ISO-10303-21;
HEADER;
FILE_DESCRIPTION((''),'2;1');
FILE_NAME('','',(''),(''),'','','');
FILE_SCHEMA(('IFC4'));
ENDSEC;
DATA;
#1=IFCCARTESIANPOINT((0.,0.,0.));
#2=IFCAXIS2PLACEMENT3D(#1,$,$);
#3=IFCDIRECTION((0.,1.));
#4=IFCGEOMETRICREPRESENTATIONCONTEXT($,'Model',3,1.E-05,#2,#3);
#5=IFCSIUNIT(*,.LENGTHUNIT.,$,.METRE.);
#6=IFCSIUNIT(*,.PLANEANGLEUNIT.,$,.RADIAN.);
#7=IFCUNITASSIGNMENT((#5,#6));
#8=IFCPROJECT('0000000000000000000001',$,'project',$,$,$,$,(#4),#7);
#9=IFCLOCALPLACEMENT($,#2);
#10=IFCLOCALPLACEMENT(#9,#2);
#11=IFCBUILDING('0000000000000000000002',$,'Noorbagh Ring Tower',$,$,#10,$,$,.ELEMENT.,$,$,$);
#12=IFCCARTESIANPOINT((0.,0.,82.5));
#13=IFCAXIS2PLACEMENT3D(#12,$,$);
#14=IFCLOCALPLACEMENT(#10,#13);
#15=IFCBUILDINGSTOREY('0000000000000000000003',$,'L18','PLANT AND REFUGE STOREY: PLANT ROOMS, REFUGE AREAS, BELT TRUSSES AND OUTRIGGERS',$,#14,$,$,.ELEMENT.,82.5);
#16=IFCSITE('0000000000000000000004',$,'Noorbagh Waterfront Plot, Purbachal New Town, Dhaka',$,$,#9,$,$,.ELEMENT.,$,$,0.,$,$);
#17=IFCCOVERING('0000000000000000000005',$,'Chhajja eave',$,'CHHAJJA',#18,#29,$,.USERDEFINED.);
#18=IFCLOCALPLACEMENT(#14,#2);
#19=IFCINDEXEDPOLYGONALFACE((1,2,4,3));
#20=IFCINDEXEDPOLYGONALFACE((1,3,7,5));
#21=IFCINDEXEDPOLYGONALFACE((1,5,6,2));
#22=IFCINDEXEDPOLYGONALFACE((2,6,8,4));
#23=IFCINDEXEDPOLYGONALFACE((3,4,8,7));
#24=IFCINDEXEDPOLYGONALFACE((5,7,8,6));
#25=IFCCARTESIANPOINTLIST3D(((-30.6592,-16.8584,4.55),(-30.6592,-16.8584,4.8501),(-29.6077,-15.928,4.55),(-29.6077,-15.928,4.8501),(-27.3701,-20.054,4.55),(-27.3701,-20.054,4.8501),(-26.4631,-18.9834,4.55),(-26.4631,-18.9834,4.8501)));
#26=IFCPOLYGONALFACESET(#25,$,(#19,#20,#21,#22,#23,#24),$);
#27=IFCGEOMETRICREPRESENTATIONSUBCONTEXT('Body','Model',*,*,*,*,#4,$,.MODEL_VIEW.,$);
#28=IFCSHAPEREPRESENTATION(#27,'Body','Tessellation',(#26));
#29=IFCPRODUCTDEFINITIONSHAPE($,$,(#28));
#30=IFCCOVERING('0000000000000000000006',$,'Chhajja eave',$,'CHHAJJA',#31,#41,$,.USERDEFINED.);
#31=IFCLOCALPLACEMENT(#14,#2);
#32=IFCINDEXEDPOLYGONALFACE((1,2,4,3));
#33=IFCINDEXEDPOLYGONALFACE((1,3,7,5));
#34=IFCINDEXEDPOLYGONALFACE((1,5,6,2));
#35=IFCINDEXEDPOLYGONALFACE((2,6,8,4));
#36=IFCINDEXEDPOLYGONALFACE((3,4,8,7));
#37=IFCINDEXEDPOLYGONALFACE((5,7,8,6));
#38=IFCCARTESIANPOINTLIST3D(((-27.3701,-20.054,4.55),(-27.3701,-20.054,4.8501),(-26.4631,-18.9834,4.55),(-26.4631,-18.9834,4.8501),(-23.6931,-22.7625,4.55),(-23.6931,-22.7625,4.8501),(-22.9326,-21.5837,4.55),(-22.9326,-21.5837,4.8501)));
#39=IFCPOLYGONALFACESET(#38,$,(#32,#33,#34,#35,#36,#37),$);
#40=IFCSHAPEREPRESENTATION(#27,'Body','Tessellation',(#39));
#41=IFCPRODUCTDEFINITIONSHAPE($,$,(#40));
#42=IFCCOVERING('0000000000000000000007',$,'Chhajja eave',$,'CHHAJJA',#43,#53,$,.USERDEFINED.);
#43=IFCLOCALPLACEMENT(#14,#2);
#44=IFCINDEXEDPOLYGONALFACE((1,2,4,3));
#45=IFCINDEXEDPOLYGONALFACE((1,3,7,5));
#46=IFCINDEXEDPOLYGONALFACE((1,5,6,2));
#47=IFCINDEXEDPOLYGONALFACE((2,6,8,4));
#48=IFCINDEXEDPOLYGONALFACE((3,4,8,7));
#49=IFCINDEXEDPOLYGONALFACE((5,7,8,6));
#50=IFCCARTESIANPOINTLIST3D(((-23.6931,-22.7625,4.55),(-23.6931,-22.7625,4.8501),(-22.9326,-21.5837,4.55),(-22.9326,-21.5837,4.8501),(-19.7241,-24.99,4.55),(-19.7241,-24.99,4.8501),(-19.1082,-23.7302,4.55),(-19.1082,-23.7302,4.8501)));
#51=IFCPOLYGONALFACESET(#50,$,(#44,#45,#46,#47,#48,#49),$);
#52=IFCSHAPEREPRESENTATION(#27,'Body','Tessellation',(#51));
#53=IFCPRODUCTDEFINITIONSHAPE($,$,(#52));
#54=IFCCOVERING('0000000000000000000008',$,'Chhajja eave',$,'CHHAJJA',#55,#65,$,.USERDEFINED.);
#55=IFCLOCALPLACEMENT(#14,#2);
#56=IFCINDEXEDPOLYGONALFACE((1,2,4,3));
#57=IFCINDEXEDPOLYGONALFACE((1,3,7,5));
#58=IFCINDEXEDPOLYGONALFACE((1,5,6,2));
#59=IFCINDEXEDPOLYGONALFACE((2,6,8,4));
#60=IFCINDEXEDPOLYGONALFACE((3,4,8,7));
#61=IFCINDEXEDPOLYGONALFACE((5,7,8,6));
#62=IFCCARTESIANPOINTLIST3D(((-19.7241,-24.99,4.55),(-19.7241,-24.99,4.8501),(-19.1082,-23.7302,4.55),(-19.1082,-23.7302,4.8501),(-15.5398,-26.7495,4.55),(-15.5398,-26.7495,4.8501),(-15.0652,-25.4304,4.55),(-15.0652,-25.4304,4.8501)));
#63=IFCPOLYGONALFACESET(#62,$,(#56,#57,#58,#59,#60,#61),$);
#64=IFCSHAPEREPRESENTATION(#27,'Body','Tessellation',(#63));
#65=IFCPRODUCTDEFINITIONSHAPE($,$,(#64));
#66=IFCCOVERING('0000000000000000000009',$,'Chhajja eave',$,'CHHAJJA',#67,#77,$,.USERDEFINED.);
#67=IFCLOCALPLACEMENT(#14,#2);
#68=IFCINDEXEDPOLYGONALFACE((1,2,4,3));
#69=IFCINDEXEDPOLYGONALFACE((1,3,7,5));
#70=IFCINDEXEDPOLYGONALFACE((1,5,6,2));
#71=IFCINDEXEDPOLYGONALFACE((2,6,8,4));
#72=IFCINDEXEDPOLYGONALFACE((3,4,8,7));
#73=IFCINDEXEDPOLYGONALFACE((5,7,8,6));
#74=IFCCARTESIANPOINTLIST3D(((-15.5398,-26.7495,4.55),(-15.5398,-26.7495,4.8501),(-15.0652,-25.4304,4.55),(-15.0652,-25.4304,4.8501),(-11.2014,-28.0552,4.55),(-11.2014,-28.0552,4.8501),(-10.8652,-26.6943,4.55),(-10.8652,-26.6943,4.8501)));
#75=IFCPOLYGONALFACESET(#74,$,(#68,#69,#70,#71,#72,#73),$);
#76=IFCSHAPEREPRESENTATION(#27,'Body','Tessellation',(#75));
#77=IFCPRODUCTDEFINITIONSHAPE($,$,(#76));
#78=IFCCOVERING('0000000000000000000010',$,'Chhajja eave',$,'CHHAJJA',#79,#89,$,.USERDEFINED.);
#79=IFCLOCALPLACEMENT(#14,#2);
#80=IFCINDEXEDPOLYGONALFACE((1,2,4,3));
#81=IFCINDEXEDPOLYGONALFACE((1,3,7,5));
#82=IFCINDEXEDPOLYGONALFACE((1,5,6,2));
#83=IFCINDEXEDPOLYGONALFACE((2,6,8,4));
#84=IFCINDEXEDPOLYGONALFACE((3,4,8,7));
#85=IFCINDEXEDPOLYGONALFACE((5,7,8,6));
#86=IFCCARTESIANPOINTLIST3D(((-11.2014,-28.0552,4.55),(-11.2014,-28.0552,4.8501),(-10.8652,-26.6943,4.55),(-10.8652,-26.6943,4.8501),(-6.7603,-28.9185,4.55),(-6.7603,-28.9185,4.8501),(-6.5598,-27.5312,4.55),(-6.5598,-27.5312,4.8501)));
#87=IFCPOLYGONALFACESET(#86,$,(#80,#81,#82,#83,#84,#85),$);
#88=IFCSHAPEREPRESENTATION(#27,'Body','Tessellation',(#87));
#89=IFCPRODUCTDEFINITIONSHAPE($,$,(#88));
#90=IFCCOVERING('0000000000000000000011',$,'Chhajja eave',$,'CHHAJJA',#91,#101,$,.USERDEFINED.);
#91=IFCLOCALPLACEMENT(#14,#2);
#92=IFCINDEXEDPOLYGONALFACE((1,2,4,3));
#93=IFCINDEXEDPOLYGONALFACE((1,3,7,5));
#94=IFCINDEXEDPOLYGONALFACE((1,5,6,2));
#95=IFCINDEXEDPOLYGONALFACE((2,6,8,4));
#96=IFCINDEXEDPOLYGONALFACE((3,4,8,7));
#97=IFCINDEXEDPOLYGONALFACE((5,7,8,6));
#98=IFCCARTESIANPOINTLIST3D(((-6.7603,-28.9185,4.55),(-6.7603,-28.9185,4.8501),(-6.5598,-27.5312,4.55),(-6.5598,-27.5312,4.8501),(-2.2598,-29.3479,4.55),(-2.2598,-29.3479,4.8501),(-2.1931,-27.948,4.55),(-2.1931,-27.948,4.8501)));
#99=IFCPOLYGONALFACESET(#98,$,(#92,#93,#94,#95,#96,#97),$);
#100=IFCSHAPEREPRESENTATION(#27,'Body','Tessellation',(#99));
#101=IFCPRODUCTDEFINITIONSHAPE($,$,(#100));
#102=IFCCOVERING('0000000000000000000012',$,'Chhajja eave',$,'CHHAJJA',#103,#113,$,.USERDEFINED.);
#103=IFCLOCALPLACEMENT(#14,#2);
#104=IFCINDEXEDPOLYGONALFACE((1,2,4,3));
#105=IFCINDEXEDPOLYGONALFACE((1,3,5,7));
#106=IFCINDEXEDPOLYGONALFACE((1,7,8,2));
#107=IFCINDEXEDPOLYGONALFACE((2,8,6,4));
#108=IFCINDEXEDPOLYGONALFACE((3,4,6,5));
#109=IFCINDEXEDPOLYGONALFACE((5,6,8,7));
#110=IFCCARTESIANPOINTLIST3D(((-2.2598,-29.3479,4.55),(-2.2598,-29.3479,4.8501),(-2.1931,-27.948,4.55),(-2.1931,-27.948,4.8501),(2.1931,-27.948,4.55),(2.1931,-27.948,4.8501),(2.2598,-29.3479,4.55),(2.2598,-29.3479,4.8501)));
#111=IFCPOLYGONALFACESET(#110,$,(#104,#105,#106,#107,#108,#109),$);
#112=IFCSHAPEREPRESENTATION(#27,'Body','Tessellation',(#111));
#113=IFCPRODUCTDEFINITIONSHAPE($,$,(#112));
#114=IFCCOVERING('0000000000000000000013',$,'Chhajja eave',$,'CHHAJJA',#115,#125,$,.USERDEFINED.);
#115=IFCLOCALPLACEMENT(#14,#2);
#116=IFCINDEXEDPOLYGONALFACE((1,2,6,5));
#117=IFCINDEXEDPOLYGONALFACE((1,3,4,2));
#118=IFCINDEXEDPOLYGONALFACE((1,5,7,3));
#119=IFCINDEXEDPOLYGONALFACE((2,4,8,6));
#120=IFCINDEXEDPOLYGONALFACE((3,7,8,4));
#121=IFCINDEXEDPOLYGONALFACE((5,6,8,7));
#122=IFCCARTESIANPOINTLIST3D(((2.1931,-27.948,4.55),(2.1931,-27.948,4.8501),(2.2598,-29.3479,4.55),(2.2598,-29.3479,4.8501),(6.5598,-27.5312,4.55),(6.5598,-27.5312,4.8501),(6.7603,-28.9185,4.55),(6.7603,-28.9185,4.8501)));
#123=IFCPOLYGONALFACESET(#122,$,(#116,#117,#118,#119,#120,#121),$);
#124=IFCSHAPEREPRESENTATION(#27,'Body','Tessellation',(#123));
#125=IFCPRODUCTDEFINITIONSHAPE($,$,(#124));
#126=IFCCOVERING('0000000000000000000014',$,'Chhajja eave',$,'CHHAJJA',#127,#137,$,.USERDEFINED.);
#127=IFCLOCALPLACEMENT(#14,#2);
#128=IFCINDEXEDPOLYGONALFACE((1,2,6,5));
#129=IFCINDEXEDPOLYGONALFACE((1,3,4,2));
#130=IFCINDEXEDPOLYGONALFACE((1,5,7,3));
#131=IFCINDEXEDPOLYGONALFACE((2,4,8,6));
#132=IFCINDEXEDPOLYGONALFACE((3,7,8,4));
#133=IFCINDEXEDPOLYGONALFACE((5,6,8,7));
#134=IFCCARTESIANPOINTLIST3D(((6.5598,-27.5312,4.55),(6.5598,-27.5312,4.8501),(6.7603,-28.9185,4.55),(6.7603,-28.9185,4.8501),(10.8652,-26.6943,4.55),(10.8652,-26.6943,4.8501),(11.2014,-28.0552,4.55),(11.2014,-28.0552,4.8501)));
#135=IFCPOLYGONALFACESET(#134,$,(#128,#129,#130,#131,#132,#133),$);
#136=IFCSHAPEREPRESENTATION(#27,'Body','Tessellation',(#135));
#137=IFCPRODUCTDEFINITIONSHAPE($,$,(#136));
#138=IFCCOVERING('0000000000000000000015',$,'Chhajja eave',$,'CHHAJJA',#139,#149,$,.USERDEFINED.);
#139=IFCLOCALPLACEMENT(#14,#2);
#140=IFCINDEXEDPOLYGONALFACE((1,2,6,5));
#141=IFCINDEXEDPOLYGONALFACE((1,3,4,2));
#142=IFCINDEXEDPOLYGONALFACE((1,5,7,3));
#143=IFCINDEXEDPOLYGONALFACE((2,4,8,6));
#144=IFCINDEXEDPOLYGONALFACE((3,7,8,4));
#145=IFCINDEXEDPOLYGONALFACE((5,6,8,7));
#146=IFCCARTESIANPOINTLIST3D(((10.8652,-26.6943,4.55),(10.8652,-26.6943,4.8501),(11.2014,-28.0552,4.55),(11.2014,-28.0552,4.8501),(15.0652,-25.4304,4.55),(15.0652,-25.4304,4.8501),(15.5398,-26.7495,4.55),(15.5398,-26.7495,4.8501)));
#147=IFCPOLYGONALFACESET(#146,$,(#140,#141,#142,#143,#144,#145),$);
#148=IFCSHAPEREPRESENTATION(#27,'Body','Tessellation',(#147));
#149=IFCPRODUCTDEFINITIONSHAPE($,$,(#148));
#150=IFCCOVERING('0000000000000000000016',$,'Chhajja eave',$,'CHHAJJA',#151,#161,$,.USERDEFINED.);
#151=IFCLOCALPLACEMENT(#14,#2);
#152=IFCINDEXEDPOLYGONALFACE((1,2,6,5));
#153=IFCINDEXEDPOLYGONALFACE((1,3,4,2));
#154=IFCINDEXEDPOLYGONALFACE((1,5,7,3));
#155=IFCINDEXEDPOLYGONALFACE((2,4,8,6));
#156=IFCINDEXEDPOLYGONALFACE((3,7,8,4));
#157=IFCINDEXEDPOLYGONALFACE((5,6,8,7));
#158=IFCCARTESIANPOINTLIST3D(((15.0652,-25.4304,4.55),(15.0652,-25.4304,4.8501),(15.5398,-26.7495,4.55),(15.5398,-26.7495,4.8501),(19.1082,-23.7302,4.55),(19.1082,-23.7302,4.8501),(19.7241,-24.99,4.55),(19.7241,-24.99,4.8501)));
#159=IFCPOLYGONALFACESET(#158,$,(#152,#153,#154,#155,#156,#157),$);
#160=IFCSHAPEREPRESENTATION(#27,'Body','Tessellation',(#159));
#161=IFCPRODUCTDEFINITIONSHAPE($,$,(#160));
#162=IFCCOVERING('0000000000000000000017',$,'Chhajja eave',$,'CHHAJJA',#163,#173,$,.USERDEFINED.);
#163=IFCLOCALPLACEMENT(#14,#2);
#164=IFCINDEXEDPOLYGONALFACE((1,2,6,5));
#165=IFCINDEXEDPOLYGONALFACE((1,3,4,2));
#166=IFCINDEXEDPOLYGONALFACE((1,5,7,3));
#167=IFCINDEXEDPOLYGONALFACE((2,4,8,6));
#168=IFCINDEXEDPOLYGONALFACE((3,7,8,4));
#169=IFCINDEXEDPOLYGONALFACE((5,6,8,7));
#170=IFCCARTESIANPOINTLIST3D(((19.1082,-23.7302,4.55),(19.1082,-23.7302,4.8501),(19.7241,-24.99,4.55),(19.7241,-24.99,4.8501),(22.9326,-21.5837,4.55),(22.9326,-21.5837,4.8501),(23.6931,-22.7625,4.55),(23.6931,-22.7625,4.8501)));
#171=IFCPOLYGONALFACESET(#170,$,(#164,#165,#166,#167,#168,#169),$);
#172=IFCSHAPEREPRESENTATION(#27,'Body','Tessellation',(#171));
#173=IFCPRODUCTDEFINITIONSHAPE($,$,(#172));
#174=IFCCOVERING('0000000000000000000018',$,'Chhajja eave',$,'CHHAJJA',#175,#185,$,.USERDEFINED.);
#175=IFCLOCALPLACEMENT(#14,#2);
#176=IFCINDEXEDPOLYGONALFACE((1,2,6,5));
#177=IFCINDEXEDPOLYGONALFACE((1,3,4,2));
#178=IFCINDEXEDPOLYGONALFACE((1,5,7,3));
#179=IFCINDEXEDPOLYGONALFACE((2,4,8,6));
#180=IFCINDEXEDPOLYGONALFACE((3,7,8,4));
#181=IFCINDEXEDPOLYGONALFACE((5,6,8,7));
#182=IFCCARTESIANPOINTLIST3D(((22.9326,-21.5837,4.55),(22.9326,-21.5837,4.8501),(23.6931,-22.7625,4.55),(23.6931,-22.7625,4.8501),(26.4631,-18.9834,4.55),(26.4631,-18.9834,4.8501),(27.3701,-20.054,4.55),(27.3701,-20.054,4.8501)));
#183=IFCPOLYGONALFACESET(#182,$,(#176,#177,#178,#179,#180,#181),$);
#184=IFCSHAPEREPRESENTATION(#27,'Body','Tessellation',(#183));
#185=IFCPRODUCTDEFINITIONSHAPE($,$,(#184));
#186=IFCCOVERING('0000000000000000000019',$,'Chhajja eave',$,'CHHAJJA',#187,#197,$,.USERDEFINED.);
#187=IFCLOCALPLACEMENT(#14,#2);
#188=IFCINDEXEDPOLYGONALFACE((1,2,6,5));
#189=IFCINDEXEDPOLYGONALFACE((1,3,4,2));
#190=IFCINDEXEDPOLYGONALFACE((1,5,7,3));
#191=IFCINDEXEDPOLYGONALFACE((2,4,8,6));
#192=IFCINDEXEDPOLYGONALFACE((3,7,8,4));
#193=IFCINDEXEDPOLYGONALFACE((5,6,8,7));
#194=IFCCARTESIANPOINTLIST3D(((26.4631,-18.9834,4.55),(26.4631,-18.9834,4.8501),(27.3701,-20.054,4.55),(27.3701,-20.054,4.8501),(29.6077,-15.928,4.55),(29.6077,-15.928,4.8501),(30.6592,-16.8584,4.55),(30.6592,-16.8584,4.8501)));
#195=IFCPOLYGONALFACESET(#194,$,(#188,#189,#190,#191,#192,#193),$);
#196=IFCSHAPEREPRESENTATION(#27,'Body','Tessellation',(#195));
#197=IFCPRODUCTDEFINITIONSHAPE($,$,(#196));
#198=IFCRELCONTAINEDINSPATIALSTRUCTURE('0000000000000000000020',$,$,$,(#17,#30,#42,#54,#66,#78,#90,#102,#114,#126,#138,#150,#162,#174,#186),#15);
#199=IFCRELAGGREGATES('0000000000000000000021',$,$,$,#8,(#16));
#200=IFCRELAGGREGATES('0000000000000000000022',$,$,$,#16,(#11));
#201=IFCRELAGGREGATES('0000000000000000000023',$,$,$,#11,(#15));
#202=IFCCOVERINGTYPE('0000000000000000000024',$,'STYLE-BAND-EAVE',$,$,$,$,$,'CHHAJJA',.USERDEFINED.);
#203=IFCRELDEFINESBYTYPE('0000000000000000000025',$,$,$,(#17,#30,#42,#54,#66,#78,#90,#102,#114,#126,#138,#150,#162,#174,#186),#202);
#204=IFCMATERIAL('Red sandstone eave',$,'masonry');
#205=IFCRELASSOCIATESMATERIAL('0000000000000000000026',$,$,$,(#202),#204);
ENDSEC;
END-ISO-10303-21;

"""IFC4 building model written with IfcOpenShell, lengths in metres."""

from ifc_helpers import new_model, si_unit, direction, frame, origin, place, context, subcontext, project, spatial, polyline, outline, extrude, material, type_object, element, save


model = new_model("IFC4")

# Units and contexts
model_context = context("Model", 3, precision=1e-05, world=origin(), true_north=direction((0.0, 1.0)))
body_context = subcontext(model_context, "Body", "Model", "MODEL_VIEW")
ifc_project = project(units=[si_unit("LENGTHUNIT", "METRE"), si_unit("PLANEANGLEUNIT", "RADIAN")], contexts=[model_context])

# Site, building, storey
site_placement = place(None, origin())
site = spatial("IfcSite", under=ifc_project, at=site_placement, Name="Noorbagh Waterfront Plot, Purbachal New Town, Dhaka", CompositionType="ELEMENT", RefElevation=0.0)
building_placement = place(site_placement, origin())
building = spatial("IfcBuilding", under=site, at=building_placement, Name="Noorbagh Ring Tower", CompositionType="ELEMENT")
storey_placement = place(building_placement, frame((0.0, 0.0, 82.5)))
storey = spatial("IfcBuildingStorey", under=building, at=storey_placement, Name="L18", Description="PLANT AND REFUGE STOREY: PLANT ROOMS, REFUGE AREAS, BELT TRUSSES AND OUTRIGGERS", CompositionType="ELEMENT", Elevation=82.5)

# Coverings
ifc_material_1 = material(Name="Red sandstone eave", Category="masonry")
covering_type_1 = type_object("IfcCoveringType", Name="STYLE-BAND-EAVE", ElementType="CHHAJJA", PredefinedType="USERDEFINED", material=ifc_material_1)
covering_1_placement = place(storey_placement, frame((0.0, 0.0, 4.55)))
element("IfcCovering", 1, at=covering_1_placement, inside=storey, type_object=covering_type_1, Name="Chhajja eave", ObjectType="CHHAJJA", PredefinedType="USERDEFINED", context=body_context, shape_type="SweptSolid", body=[
    extrude(outline(polyline([(-29.6077, -15.928), (-26.4631, -18.9834), (-27.3701, -20.054), (-30.6592, -16.8584), (-29.6077, -15.928)])), origin(), (0.0, 0.0, 1.0), 0.3),
])
covering_2_placement = place(storey_placement, frame((0.0, 0.0, 4.55)))
element("IfcCovering", 2, at=covering_2_placement, inside=storey, type_object=covering_type_1, Name="Chhajja eave", ObjectType="CHHAJJA", PredefinedType="USERDEFINED", context=body_context, shape_type="SweptSolid", body=[
    extrude(outline(polyline([(-26.4631, -18.9834), (-22.9326, -21.5837), (-23.6931, -22.7625), (-27.3701, -20.054), (-26.4631, -18.9834)])), origin(), (0.0, 0.0, 1.0), 0.3),
])
covering_3_placement = place(storey_placement, frame((0.0, 0.0, 4.55)))
element("IfcCovering", 3, at=covering_3_placement, inside=storey, type_object=covering_type_1, Name="Chhajja eave", ObjectType="CHHAJJA", PredefinedType="USERDEFINED", context=body_context, shape_type="SweptSolid", body=[
    extrude(outline(polyline([(-22.9326, -21.5837), (-19.1082, -23.7302), (-19.7241, -24.99), (-23.6931, -22.7625), (-22.9326, -21.5837)])), origin(), (0.0, 0.0, 1.0), 0.3),
])
covering_4_placement = place(storey_placement, frame((0.0, 0.0, 4.55)))
element("IfcCovering", 4, at=covering_4_placement, inside=storey, type_object=covering_type_1, Name="Chhajja eave", ObjectType="CHHAJJA", PredefinedType="USERDEFINED", context=body_context, shape_type="SweptSolid", body=[
    extrude(outline(polyline([(-19.1082, -23.7302), (-15.0652, -25.4304), (-15.5398, -26.7495), (-19.7241, -24.99), (-19.1082, -23.7302)])), origin(), (0.0, 0.0, 1.0), 0.3),
])
covering_5_placement = place(storey_placement, frame((0.0, 0.0, 4.55)))
element("IfcCovering", 5, at=covering_5_placement, inside=storey, type_object=covering_type_1, Name="Chhajja eave", ObjectType="CHHAJJA", PredefinedType="USERDEFINED", context=body_context, shape_type="SweptSolid", body=[
    extrude(outline(polyline([(-15.0652, -25.4304), (-10.8652, -26.6943), (-11.2014, -28.0552), (-15.5398, -26.7495), (-15.0652, -25.4304)])), origin(), (0.0, 0.0, 1.0), 0.3),
])
covering_6_placement = place(storey_placement, frame((0.0, 0.0, 4.55)))
element("IfcCovering", 6, at=covering_6_placement, inside=storey, type_object=covering_type_1, Name="Chhajja eave", ObjectType="CHHAJJA", PredefinedType="USERDEFINED", context=body_context, shape_type="SweptSolid", body=[
    extrude(outline(polyline([(-10.8652, -26.6943), (-6.5598, -27.5312), (-6.7603, -28.9185), (-11.2014, -28.0552), (-10.8652, -26.6943)])), origin(), (0.0, 0.0, 1.0), 0.3),
])
covering_7_placement = place(storey_placement, frame((0.0, 0.0, 4.55)))
element("IfcCovering", 7, at=covering_7_placement, inside=storey, type_object=covering_type_1, Name="Chhajja eave", ObjectType="CHHAJJA", PredefinedType="USERDEFINED", context=body_context, shape_type="SweptSolid", body=[
    extrude(outline(polyline([(-6.5598, -27.5312), (-2.1931, -27.948), (-2.2598, -29.3479), (-6.7603, -28.9185), (-6.5598, -27.5312)])), origin(), (0.0, 0.0, 1.0), 0.3),
])
covering_8_placement = place(storey_placement, frame((0.0, 0.0, 4.55)))
element("IfcCovering", 8, at=covering_8_placement, inside=storey, type_object=covering_type_1, Name="Chhajja eave", ObjectType="CHHAJJA", PredefinedType="USERDEFINED", context=body_context, shape_type="SweptSolid", body=[
    extrude(outline(polyline([(-2.1931, -27.948), (2.1931, -27.948), (2.2598, -29.3479), (-2.2598, -29.3479), (-2.1931, -27.948)])), origin(), (0.0, 0.0, 1.0), 0.3),
])
covering_9_placement = place(storey_placement, frame((0.0, 0.0, 4.55)))
element("IfcCovering", 9, at=covering_9_placement, inside=storey, type_object=covering_type_1, Name="Chhajja eave", ObjectType="CHHAJJA", PredefinedType="USERDEFINED", context=body_context, shape_type="SweptSolid", body=[
    extrude(outline(polyline([(2.1931, -27.948), (6.5598, -27.5312), (6.7603, -28.9185), (2.2598, -29.3479), (2.1931, -27.948)])), origin(), (0.0, 0.0, 1.0), 0.3),
])
covering_10_placement = place(storey_placement, frame((0.0, 0.0, 4.55)))
element("IfcCovering", 10, at=covering_10_placement, inside=storey, type_object=covering_type_1, Name="Chhajja eave", ObjectType="CHHAJJA", PredefinedType="USERDEFINED", context=body_context, shape_type="SweptSolid", body=[
    extrude(outline(polyline([(6.5598, -27.5312), (10.8652, -26.6943), (11.2014, -28.0552), (6.7603, -28.9185), (6.5598, -27.5312)])), origin(), (0.0, 0.0, 1.0), 0.3),
])
covering_11_placement = place(storey_placement, frame((0.0, 0.0, 4.55)))
element("IfcCovering", 11, at=covering_11_placement, inside=storey, type_object=covering_type_1, Name="Chhajja eave", ObjectType="CHHAJJA", PredefinedType="USERDEFINED", context=body_context, shape_type="SweptSolid", body=[
    extrude(outline(polyline([(10.8652, -26.6943), (15.0652, -25.4304), (15.5398, -26.7495), (11.2014, -28.0552), (10.8652, -26.6943)])), origin(), (0.0, 0.0, 1.0), 0.3),
])
covering_12_placement = place(storey_placement, frame((0.0, 0.0, 4.55)))
element("IfcCovering", 12, at=covering_12_placement, inside=storey, type_object=covering_type_1, Name="Chhajja eave", ObjectType="CHHAJJA", PredefinedType="USERDEFINED", context=body_context, shape_type="SweptSolid", body=[
    extrude(outline(polyline([(15.0652, -25.4304), (19.1082, -23.7302), (19.7241, -24.99), (15.5398, -26.7495), (15.0652, -25.4304)])), origin(), (0.0, 0.0, 1.0), 0.3),
])
covering_13_placement = place(storey_placement, frame((0.0, 0.0, 4.55)))
element("IfcCovering", 13, at=covering_13_placement, inside=storey, type_object=covering_type_1, Name="Chhajja eave", ObjectType="CHHAJJA", PredefinedType="USERDEFINED", context=body_context, shape_type="SweptSolid", body=[
    extrude(outline(polyline([(19.1082, -23.7302), (22.9326, -21.5837), (23.6931, -22.7625), (19.7241, -24.99), (19.1082, -23.7302)])), origin(), (0.0, 0.0, 1.0), 0.3),
])
covering_14_placement = place(storey_placement, frame((0.0, 0.0, 4.55)))
element("IfcCovering", 14, at=covering_14_placement, inside=storey, type_object=covering_type_1, Name="Chhajja eave", ObjectType="CHHAJJA", PredefinedType="USERDEFINED", context=body_context, shape_type="SweptSolid", body=[
    extrude(outline(polyline([(22.9326, -21.5837), (26.4631, -18.9834), (27.3701, -20.054), (23.6931, -22.7625), (22.9326, -21.5837)])), origin(), (0.0, 0.0, 1.0), 0.3),
])
covering_15_placement = place(storey_placement, frame((0.0, 0.0, 4.55)))
element("IfcCovering", 15, at=covering_15_placement, inside=storey, type_object=covering_type_1, Name="Chhajja eave", ObjectType="CHHAJJA", PredefinedType="USERDEFINED", context=body_context, shape_type="SweptSolid", body=[
    extrude(outline(polyline([(26.4631, -18.9834), (29.6077, -15.928), (30.6592, -16.8584), (27.3701, -20.054), (26.4631, -18.9834)])), origin(), (0.0, 0.0, 1.0), 0.3),
])

save(model, "model.ifc")
